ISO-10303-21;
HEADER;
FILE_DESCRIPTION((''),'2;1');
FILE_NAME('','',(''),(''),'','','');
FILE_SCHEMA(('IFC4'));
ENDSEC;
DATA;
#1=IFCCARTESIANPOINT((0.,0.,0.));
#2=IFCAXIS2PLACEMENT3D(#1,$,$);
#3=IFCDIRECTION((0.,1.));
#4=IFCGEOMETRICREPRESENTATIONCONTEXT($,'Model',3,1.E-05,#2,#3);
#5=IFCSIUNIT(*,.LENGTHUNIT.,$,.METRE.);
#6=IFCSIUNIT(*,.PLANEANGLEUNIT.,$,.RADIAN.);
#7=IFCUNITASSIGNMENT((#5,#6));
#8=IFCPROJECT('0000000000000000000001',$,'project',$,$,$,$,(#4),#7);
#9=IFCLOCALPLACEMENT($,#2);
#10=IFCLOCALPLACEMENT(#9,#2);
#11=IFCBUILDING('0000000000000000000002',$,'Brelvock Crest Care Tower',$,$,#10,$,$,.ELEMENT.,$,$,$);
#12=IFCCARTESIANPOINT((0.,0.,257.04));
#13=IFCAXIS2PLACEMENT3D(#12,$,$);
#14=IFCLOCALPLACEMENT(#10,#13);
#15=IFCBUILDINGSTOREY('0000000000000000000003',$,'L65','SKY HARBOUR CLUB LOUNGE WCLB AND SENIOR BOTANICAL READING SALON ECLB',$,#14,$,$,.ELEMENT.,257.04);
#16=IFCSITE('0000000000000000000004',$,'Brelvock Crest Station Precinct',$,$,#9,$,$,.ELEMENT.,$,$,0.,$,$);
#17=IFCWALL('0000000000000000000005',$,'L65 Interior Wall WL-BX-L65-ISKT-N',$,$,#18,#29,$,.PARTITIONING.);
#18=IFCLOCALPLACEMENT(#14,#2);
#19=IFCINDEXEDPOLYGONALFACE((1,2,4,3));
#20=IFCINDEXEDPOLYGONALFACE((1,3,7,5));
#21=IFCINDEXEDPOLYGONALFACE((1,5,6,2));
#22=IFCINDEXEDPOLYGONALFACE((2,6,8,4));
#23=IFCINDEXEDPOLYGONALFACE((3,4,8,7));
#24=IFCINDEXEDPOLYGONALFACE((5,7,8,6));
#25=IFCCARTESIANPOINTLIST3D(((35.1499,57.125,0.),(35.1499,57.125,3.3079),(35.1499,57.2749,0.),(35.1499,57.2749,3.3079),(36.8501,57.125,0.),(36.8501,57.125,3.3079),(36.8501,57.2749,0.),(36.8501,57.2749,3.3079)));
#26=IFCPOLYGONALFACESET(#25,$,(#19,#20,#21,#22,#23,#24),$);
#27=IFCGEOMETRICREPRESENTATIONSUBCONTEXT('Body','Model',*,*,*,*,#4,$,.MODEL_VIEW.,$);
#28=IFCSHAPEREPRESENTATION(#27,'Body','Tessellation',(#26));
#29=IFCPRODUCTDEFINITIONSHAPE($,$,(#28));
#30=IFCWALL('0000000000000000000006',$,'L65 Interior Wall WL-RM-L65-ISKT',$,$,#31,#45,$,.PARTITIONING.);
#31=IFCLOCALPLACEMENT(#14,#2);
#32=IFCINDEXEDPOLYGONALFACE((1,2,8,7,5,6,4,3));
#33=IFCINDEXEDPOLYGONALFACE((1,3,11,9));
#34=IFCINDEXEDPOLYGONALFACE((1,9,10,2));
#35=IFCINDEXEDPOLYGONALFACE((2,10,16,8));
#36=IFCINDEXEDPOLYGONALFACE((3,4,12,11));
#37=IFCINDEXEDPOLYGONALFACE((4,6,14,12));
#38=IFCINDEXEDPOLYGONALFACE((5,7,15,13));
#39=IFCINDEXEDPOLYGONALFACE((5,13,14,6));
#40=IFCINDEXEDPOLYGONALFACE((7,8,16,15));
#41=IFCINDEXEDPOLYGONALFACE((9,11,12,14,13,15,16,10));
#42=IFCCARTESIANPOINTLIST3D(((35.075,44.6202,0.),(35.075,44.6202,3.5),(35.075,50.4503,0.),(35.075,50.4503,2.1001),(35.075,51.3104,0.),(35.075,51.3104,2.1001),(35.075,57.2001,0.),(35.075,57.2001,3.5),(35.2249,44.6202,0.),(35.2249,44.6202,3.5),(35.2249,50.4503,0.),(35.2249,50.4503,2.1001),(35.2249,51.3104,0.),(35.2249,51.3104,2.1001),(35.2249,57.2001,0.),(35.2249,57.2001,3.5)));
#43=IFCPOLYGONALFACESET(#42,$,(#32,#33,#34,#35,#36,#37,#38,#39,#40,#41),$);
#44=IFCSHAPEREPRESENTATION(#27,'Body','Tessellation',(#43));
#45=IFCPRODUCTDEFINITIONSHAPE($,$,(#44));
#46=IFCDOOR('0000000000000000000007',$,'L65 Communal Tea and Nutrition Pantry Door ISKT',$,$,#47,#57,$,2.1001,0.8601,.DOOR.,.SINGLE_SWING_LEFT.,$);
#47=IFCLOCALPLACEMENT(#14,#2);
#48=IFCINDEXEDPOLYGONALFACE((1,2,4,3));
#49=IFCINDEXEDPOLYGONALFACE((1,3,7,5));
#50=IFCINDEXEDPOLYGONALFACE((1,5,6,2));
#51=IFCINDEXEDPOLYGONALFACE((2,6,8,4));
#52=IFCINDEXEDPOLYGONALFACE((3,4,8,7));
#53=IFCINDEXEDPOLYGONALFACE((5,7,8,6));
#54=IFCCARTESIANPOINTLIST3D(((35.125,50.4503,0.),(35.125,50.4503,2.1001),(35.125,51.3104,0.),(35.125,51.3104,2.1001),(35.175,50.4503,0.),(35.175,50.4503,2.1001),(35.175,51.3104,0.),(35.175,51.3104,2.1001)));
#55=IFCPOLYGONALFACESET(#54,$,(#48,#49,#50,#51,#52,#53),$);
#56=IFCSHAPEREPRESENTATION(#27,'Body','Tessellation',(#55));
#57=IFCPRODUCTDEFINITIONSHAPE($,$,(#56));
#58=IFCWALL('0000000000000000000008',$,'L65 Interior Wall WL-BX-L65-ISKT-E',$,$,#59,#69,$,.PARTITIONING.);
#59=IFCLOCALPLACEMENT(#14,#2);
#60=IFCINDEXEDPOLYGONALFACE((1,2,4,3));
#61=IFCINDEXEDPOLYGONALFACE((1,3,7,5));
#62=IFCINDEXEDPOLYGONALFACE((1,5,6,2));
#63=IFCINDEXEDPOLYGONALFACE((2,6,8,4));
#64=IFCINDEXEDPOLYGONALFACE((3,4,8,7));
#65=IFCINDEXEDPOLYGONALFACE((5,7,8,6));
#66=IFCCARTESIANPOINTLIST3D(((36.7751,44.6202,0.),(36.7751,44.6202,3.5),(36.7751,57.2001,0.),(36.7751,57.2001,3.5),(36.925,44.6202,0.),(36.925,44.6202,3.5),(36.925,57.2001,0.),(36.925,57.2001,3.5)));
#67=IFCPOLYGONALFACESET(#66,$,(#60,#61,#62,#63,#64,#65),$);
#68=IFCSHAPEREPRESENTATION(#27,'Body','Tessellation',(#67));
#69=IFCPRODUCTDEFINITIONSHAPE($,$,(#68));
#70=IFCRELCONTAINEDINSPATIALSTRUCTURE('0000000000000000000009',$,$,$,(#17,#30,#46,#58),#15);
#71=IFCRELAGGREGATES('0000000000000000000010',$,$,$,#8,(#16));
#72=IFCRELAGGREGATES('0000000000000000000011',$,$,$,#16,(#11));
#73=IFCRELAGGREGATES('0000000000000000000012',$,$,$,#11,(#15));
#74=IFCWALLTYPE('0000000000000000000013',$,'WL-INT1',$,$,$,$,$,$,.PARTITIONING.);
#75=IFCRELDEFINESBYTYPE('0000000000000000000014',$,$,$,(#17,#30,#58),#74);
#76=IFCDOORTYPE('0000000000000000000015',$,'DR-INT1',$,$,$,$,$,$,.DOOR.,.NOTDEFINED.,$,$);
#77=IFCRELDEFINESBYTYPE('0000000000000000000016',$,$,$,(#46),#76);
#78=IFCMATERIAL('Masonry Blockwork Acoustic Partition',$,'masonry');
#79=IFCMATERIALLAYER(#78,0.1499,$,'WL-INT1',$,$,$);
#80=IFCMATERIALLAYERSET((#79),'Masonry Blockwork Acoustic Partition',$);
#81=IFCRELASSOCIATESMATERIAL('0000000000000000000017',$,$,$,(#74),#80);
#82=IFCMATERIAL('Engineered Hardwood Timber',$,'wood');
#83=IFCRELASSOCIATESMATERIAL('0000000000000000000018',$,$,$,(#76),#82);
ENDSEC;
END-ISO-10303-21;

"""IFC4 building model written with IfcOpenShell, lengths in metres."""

from ifc_helpers import new_model, si_unit, direction, frame, frame_2d, origin, origin_2d, place, context, subcontext, project, spatial, rectangle, extrude, source, transform, mapped, material, layer, layer_set, type_object, element, fill, save


model = new_model("IFC4")

# Units and contexts
model_context = context("Model", 3, precision=1e-05, world=origin(), true_north=direction((0.0, 1.0)))
body_context = subcontext(model_context, "Body", "Model", "MODEL_VIEW")
ifc_project = project(units=[si_unit("LENGTHUNIT", "METRE"), si_unit("PLANEANGLEUNIT", "RADIAN")], contexts=[model_context])

# Site, building, storey
site_placement = place(None, origin())
site = spatial("IfcSite", under=ifc_project, at=site_placement, Name="Brelvock Crest Station Precinct", CompositionType="ELEMENT", RefElevation=0.0)
building_placement = place(site_placement, origin())
building = spatial("IfcBuilding", under=site, at=building_placement, Name="Brelvock Crest Care Tower", CompositionType="ELEMENT")
storey_placement = place(building_placement, frame((0.0, 0.0, 257.04)))
storey = spatial("IfcBuildingStorey", under=building, at=storey_placement, Name="L65", Description="SKY HARBOUR CLUB LOUNGE WCLB AND SENIOR BOTANICAL READING SALON ECLB", CompositionType="ELEMENT", Elevation=257.04)

# Wall
ifc_material_1 = material(Name="Masonry Blockwork Acoustic Partition", Category="masonry")
ifc_layer = layer(ifc_material_1, 0.1499, Name="WL-INT1")
ifc_layer_set = layer_set([ifc_layer], Name="Masonry Blockwork Acoustic Partition")
wall_type = type_object("IfcWallType", Name="WL-INT1", PredefinedType="PARTITIONING", material=ifc_layer_set)
wall_1_placement = place(storey_placement, frame((35.1499, 57.2, 0.0), z_axis=(0.0, 0.0, 1.0), x_axis=(1.0, 0.0, 0.0)))
element("IfcWall", 1, at=wall_1_placement, inside=storey, type_object=wall_type, Name="L65 Interior Wall WL-BX-L65-ISKT-N", PredefinedType="PARTITIONING", context=body_context, shape_type="SweptSolid", body=[
    extrude(rectangle(XDim=1.7002, YDim=0.1499, at=frame_2d((0.8501, 0.0))), origin(), (0.0, 0.0, 1.0), 3.3079),
])

# Wall, opening, door
wall_2_placement = place(storey_placement, frame((35.1499, 44.6201, 0.0), z_axis=(0.0, 0.0, 1.0), x_axis=(0.0, 1.0, 0.0)))
wall_2 = element("IfcWall", 2, at=wall_2_placement, inside=storey, type_object=wall_type, Name="L65 Interior Wall WL-RM-L65-ISKT", PredefinedType="PARTITIONING", context=body_context, shape_type="SweptSolid", body=[
    extrude(rectangle(XDim=12.5798, YDim=0.1499, at=frame_2d((6.29, 0.0))), origin(), (0.0, 0.0, 1.0), 3.5),
])
opening_placement = place(wall_2_placement, frame((5.8301, 0.0, 0.0)))
opening = element("IfcOpeningElement", 3, at=opening_placement, cuts=wall_2, PredefinedType="OPENING", context=body_context, shape_type="SweptSolid", body=[
    extrude(rectangle(XDim=0.8601, YDim=2.1001, at=origin_2d()), frame((0.4302, 0.085, 1.05), z_axis=(0.0, -1.0, 0.0), x_axis=(1.0, 0.0, 0.0)), (0.0, 0.0, 1.0), 0.1699),
])
ifc_material_2 = material(Name="Engineered Hardwood Timber", Category="wood")
door_type = type_object("IfcDoorType", Name="DR-INT1", OperationType="NOTDEFINED", PredefinedType="DOOR", material=ifc_material_2)
shared_shape_1 = source(origin(), body_context, "Body", "SweptSolid", [
    extrude(rectangle(XDim=0.8601, YDim=2.1001, at=origin_2d()), frame((0.4302, 0.0249, 1.05), z_axis=(0.0, -1.0, 0.0), x_axis=(1.0, 0.0, 0.0)), (0.0, 0.0, 1.0), 0.05),
])
door_placement = place(opening_placement, origin())
door = element("IfcDoor", 4, at=door_placement, inside=storey, type_object=door_type, Name="L65 Communal Tea and Nutrition Pantry Door ISKT", OperationType="SINGLE_SWING_LEFT", OverallHeight=2.1001, OverallWidth=0.8601, PredefinedType="DOOR", context=body_context, shape_type="MappedRepresentation", body=[
    mapped(shared_shape_1, transform((0.0, 0.0, 0.0), x_axis=(1.0, 0.0, 0.0), y_axis=(0.0, 1.0, 0.0), z_axis=(0.0, 0.0, 1.0), scale=1.0)),
])
fill(opening, door)

# Wall
wall_3_placement = place(storey_placement, frame((36.8501, 44.6201, 0.0), z_axis=(0.0, 0.0, 1.0), x_axis=(0.0, 1.0, 0.0)))
element("IfcWall", 5, at=wall_3_placement, inside=storey, type_object=wall_type, Name="L65 Interior Wall WL-BX-L65-ISKT-E", PredefinedType="PARTITIONING", context=body_context, shape_type="SweptSolid", body=[
    extrude(rectangle(XDim=12.5798, YDim=0.1499, at=frame_2d((6.29, 0.0))), origin(), (0.0, 0.0, 1.0), 3.5),
])

save(model, "model.ifc")
